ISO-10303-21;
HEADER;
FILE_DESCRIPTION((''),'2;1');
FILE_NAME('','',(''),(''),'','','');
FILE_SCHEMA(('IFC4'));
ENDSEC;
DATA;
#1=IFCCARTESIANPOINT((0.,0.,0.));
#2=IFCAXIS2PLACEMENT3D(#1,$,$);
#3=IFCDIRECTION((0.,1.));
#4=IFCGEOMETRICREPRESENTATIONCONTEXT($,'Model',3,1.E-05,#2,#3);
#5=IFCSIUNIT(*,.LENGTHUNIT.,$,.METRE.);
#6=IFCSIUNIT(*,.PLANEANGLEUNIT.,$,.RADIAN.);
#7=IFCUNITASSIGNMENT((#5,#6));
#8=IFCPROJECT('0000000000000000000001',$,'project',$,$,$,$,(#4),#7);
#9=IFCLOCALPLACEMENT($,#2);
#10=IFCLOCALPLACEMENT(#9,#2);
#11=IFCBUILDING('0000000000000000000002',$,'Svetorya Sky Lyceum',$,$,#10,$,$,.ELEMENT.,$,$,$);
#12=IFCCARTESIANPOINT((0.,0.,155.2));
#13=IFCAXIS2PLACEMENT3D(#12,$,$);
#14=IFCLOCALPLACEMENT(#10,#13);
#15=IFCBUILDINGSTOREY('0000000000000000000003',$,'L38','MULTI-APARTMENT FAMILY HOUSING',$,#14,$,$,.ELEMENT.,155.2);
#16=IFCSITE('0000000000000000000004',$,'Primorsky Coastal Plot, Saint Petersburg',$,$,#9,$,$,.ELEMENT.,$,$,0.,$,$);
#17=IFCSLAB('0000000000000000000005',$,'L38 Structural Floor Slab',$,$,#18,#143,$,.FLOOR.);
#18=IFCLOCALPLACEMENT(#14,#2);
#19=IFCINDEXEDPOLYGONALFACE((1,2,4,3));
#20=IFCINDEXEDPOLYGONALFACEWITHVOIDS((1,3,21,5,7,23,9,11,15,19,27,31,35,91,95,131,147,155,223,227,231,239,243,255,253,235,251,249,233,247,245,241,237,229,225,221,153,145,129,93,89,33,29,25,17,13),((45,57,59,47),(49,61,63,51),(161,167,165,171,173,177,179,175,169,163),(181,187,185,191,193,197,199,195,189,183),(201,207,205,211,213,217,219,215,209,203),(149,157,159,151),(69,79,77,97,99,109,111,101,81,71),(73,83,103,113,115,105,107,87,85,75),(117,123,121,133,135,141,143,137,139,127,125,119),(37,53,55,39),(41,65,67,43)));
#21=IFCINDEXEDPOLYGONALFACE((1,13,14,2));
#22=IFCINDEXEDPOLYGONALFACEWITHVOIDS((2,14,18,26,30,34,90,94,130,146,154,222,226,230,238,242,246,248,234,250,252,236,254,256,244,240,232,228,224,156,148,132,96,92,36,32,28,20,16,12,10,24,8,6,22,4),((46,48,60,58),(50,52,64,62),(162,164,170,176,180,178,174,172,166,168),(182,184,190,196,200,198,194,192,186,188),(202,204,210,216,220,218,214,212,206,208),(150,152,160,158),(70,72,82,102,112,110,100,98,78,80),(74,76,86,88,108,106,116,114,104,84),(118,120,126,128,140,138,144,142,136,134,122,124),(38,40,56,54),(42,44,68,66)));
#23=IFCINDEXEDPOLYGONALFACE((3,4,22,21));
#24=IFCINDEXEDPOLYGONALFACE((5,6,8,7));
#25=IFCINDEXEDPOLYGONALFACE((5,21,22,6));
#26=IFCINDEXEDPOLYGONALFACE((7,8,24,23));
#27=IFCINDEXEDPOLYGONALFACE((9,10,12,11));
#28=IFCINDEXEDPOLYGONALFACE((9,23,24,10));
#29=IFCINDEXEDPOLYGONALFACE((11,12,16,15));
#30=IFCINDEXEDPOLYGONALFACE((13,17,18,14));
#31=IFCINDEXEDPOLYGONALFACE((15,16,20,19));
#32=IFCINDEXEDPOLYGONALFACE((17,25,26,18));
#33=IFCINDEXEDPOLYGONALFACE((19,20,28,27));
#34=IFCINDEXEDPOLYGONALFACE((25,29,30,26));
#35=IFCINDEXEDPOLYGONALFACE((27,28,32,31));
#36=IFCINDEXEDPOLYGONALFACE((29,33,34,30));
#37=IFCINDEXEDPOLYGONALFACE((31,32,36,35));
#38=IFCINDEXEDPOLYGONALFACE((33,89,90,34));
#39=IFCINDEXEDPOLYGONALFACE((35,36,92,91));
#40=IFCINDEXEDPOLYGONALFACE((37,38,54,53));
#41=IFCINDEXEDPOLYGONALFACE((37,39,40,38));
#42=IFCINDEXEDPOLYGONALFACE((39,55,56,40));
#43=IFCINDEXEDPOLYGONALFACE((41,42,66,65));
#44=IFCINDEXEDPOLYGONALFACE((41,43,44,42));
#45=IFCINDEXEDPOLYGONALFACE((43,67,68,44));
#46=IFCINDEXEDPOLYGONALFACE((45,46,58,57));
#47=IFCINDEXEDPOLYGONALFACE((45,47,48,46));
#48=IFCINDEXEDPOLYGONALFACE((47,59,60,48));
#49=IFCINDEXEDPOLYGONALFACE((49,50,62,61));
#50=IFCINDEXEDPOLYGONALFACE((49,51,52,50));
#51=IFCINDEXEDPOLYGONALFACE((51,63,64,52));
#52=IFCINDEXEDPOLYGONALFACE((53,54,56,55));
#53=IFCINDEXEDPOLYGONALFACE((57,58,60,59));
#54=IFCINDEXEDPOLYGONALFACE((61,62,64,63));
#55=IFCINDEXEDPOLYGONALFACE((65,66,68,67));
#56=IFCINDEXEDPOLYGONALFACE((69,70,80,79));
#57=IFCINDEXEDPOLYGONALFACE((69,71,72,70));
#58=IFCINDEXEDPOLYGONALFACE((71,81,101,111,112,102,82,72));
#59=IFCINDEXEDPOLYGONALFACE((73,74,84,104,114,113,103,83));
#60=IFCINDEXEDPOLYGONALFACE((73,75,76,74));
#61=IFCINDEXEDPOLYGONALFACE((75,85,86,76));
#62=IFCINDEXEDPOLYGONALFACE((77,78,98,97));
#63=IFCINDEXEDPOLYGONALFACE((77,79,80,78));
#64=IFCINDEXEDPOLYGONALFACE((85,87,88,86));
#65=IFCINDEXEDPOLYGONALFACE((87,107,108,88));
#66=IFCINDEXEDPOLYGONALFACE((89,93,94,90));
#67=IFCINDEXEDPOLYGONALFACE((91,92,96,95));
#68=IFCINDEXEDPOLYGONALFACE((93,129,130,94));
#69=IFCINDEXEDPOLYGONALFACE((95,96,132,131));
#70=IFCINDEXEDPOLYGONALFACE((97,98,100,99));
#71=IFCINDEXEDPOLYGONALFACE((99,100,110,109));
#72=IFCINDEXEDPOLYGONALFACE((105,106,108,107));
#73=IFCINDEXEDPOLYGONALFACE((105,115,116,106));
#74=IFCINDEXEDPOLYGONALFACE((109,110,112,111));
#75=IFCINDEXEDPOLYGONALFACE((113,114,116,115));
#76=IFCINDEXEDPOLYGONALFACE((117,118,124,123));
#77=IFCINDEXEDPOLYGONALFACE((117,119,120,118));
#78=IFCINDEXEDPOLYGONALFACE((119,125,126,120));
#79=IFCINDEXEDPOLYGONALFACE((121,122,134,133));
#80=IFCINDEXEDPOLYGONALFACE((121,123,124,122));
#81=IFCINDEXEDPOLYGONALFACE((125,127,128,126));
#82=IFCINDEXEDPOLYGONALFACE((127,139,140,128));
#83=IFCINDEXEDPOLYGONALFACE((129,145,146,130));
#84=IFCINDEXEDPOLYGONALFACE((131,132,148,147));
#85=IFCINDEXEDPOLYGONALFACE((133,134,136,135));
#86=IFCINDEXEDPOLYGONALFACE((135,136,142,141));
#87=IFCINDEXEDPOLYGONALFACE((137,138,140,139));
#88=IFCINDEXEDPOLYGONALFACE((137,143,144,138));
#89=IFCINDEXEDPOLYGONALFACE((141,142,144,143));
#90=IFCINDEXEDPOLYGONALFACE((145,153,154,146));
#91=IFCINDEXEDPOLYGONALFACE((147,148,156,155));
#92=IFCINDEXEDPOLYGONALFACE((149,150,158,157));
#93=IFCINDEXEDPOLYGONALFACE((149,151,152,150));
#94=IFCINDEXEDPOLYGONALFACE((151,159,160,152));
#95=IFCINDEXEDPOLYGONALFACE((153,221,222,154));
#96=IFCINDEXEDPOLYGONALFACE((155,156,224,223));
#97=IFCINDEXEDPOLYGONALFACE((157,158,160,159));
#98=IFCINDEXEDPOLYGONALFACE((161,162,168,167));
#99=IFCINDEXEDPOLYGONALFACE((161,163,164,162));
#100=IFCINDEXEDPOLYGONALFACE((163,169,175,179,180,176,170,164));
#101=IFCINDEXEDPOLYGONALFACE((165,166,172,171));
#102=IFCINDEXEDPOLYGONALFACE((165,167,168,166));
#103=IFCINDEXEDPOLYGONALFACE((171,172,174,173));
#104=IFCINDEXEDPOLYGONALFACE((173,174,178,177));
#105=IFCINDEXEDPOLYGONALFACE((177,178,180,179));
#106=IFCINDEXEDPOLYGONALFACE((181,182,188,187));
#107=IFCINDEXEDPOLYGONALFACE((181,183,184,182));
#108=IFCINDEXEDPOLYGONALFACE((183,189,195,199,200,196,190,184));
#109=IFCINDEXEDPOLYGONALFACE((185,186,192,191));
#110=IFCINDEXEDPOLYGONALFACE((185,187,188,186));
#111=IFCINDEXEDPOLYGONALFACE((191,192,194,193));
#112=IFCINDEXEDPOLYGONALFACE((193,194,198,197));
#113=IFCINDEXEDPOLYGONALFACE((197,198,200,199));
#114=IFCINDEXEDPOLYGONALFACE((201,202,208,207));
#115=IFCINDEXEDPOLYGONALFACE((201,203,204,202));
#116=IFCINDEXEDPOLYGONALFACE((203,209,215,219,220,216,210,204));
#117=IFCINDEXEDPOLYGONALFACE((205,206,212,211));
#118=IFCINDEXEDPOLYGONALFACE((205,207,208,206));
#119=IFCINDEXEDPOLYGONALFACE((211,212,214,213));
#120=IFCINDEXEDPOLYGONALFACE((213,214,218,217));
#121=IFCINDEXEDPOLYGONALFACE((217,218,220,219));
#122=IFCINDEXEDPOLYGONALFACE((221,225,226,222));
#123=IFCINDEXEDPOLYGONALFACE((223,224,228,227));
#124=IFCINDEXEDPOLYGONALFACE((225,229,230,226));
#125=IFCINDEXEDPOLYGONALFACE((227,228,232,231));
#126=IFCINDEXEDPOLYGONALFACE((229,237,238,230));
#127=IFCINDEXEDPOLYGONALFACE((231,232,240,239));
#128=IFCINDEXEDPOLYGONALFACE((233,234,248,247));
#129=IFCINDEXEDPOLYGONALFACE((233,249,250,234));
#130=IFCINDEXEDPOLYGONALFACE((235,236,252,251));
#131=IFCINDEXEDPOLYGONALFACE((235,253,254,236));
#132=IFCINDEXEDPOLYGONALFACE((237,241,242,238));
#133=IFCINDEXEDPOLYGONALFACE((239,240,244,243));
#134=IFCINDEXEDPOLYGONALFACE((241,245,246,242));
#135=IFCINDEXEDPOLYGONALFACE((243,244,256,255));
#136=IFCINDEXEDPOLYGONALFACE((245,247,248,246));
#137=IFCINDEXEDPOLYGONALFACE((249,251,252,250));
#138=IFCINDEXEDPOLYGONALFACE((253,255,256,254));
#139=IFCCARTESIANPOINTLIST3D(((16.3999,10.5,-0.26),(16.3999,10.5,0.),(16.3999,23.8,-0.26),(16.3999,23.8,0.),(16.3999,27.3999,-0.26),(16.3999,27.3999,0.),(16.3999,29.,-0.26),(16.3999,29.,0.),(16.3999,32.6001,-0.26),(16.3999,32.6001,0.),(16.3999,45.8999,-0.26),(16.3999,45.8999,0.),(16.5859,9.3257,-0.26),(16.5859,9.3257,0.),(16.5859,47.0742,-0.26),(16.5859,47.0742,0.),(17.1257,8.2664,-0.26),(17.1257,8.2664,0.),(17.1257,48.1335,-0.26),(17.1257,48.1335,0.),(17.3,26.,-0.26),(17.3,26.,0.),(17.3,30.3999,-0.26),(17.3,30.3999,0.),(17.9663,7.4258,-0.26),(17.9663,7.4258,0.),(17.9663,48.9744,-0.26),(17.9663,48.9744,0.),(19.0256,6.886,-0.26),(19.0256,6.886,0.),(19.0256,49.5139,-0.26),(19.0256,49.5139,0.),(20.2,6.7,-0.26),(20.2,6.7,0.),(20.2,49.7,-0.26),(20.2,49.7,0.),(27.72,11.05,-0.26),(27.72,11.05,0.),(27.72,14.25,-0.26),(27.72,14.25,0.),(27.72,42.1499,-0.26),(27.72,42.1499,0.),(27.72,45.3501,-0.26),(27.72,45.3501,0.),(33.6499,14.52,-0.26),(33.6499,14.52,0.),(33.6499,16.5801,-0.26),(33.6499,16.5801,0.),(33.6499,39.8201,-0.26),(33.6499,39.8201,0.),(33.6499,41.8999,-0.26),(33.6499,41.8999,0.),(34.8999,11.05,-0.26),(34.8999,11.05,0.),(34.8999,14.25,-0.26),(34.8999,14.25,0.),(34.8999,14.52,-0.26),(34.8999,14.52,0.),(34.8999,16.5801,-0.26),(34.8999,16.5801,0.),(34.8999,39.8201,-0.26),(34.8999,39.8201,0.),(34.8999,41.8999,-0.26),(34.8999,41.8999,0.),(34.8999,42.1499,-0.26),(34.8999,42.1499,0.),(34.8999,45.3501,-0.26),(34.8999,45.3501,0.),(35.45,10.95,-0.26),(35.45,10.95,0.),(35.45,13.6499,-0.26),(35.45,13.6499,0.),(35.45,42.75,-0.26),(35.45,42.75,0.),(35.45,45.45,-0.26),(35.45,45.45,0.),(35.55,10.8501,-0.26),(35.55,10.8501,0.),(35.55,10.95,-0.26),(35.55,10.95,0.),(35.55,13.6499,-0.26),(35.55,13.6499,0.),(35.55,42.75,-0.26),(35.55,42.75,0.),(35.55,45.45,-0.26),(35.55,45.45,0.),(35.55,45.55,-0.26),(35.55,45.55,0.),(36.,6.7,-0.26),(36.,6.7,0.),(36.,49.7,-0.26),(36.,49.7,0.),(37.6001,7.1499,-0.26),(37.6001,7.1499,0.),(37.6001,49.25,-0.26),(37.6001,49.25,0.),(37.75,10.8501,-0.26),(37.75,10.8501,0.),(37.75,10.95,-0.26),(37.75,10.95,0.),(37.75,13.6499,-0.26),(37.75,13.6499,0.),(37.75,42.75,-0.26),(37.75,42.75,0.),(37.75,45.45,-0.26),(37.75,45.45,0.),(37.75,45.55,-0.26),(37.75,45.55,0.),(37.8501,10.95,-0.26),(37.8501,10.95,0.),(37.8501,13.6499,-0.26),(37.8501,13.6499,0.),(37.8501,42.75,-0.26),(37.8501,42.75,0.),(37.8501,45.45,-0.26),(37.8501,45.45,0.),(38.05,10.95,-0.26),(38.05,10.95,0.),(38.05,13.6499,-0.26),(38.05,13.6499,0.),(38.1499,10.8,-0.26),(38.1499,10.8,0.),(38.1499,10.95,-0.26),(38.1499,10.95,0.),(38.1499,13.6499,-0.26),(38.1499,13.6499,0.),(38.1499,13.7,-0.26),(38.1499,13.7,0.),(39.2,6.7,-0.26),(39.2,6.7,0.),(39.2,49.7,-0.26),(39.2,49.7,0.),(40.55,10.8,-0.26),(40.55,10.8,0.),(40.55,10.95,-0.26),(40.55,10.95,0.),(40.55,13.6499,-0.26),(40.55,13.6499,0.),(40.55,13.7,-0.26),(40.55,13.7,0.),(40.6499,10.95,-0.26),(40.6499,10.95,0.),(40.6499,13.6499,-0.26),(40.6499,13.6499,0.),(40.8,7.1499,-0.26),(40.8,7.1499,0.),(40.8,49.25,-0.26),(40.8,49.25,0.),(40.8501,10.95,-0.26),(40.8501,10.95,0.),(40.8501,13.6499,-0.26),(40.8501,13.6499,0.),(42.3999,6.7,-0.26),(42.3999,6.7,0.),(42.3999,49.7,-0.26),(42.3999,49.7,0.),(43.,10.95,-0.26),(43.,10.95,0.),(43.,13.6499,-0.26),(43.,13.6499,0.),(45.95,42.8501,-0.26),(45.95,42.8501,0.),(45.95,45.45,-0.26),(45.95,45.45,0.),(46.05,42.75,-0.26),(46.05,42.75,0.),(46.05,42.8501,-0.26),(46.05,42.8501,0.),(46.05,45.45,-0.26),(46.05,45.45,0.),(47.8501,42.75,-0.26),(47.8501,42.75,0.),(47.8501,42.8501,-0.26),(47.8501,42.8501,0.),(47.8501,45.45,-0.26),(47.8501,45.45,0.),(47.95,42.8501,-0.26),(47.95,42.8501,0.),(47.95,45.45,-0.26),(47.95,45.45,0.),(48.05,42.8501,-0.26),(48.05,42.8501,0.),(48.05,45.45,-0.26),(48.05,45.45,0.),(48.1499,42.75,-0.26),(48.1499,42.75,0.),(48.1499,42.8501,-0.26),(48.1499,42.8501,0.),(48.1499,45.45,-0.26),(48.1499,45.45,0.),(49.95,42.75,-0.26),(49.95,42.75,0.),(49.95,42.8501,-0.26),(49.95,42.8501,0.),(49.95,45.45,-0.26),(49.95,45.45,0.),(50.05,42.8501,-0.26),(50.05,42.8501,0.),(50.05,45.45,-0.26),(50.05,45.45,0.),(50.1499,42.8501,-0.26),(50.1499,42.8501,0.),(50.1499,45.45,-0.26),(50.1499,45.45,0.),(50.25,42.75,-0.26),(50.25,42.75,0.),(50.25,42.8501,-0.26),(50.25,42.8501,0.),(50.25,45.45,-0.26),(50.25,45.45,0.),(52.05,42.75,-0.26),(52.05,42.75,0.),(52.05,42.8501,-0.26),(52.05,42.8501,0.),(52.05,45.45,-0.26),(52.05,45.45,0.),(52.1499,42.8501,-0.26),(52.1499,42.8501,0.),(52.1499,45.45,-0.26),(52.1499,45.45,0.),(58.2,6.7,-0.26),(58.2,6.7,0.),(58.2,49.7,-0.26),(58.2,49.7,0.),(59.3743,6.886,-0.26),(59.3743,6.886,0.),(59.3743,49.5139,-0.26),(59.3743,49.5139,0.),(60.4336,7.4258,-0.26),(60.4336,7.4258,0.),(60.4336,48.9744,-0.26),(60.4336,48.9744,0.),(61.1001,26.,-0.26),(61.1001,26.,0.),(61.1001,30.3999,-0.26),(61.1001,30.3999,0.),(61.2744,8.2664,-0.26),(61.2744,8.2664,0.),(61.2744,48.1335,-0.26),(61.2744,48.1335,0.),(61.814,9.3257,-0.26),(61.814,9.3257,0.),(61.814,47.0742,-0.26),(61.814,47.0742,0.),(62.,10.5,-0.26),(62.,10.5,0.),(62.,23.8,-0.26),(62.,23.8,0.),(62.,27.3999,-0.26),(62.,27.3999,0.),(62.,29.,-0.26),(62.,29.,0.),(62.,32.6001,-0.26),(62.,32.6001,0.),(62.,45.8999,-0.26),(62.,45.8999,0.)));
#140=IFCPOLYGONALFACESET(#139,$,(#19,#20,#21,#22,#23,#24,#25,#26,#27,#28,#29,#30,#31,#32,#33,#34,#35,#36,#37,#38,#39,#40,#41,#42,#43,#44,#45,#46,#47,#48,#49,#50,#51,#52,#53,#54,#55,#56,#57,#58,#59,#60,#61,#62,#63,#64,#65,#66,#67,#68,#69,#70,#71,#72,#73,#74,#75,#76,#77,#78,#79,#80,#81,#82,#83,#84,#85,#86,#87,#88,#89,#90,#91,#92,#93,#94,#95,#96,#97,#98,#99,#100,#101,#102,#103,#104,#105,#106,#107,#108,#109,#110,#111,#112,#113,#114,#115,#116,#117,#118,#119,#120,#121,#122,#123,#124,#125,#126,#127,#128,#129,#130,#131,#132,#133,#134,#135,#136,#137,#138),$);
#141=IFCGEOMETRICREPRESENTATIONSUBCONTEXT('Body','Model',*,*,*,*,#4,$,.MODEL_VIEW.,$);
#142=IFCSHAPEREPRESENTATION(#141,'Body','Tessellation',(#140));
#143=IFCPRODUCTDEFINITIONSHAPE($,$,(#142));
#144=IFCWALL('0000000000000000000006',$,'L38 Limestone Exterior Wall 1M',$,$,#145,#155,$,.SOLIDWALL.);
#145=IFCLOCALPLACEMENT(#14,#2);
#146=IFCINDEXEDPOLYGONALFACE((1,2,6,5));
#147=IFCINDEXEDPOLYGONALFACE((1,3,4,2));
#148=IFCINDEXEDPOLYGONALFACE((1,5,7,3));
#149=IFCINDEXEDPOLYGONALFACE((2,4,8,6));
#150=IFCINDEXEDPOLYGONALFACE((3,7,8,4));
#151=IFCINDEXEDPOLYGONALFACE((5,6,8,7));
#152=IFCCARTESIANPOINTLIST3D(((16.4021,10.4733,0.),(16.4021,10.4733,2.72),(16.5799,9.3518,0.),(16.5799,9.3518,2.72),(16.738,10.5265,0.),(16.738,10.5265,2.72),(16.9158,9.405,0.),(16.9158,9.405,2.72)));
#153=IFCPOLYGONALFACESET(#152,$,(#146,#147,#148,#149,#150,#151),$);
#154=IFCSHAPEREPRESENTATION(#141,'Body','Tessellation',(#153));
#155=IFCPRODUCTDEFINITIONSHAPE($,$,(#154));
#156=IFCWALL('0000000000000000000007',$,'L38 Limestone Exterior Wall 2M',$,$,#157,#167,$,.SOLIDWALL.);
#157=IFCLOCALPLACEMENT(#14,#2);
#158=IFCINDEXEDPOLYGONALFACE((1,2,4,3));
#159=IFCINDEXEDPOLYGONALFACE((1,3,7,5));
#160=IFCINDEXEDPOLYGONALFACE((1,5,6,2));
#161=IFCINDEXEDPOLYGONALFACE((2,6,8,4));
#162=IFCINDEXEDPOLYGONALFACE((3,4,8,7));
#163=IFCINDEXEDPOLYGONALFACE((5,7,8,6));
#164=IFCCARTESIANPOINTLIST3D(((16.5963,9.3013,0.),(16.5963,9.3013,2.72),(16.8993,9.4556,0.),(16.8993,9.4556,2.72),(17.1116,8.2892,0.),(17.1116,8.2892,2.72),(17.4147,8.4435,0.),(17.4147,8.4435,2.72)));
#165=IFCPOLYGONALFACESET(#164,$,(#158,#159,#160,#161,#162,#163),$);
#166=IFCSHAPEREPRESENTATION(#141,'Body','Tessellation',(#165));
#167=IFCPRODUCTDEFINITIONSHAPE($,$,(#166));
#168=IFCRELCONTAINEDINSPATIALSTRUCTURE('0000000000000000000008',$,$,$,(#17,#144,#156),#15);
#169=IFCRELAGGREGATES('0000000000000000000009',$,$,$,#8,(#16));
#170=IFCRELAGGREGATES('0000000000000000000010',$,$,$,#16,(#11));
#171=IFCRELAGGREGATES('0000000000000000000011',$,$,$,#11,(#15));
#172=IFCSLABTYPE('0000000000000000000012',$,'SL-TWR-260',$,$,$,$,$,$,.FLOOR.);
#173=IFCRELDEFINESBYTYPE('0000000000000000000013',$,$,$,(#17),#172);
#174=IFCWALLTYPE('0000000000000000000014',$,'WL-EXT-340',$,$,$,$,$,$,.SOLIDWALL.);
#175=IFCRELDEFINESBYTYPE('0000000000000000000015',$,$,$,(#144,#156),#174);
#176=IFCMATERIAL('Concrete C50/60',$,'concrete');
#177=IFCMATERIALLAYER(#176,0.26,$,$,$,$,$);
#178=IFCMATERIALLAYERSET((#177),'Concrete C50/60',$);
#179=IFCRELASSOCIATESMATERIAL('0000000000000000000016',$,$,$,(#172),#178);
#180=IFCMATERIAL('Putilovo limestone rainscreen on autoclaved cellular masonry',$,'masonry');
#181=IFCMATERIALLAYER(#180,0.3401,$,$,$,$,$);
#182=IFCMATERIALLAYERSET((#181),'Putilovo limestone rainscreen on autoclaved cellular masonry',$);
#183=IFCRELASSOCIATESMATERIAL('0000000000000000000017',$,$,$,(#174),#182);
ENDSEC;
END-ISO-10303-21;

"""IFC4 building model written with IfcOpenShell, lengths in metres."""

from ifc_helpers import new_model, si_unit, direction, frame, frame_2d, origin, place, context, subcontext, project, spatial, polyline, rectangle, outline, extrude, material, layer, layer_set, type_object, element, save


model = new_model("IFC4")

# Units and contexts
model_context = context("Model", 3, precision=1e-05, world=origin(), true_north=direction((0.0, 1.0)))
body_context = subcontext(model_context, "Body", "Model", "MODEL_VIEW")
ifc_project = project(units=[si_unit("LENGTHUNIT", "METRE"), si_unit("PLANEANGLEUNIT", "RADIAN")], contexts=[model_context])

# Site, building, storey
site_placement = place(None, origin())
site = spatial("IfcSite", under=ifc_project, at=site_placement, Name="Primorsky Coastal Plot, Saint Petersburg", CompositionType="ELEMENT", RefElevation=0.0)
building_placement = place(site_placement, origin())
building = spatial("IfcBuilding", under=site, at=building_placement, Name="Svetorya Sky Lyceum", CompositionType="ELEMENT")
storey_placement = place(building_placement, frame((0.0, 0.0, 155.2)))
storey = spatial("IfcBuildingStorey", under=building, at=storey_placement, Name="L38", Description="MULTI-APARTMENT FAMILY HOUSING", CompositionType="ELEMENT", Elevation=155.2)

# Shared definitions
ifc_material_1 = material(Name="Concrete C50/60", Category="concrete")

# Slab
ifc_layer_1 = layer(ifc_material_1, 0.26)
ifc_layer_set_1 = layer_set([ifc_layer_1], Name="Concrete C50/60")
slab_type_1 = type_object("IfcSlabType", Name="SL-TWR-260", PredefinedType="FLOOR", material=ifc_layer_set_1)
slab_1_placement = place(storey_placement, frame((0.0, 0.0, -0.26)))
element("IfcSlab", 1, at=slab_1_placement, inside=storey, type_object=slab_type_1, Name="L38 Structural Floor Slab", PredefinedType="FLOOR", context=body_context, shape_type="SweptSolid", body=[
    extrude(outline(polyline([(16.3999, 10.5), (16.5859, 9.3257), (17.1257, 8.2664), (17.9663, 7.4258), (19.0256, 6.886), (20.2, 6.7), (36.0, 6.7), (37.6001, 7.1499), (39.2, 6.7), (40.8, 7.1499), (42.3999, 6.7), (58.2, 6.7), (59.3743, 6.886), (60.4336, 7.4258), (61.2744, 8.2664), (61.814, 9.3257), (62.0, 10.5), (62.0, 23.8), (61.1001, 26.0), (62.0, 27.3999), (62.0, 29.0), (61.1001, 30.3999), (62.0, 32.6001), (62.0, 45.8999), (61.814, 47.0742), (61.2744, 48.1335), (60.4336, 48.9744), (59.3743, 49.5139), (58.2, 49.7), (42.3999, 49.7), (40.8, 49.25), (39.2, 49.7), (37.6001, 49.25), (36.0, 49.7), (20.2, 49.7), (19.0256, 49.5139), (17.9663, 48.9744), (17.1257, 48.1335), (16.5859, 47.0742), (16.3999, 45.8999), (16.3999, 32.6001), (17.3, 30.3999), (16.3999, 29.0), (16.3999, 27.3999), (17.3, 26.0), (16.3999, 23.8), (16.3999, 10.5)]), holes=[polyline([(37.8501, 10.95), (37.75, 10.95), (37.75, 10.8501), (35.55, 10.8501), (35.55, 10.95), (35.45, 10.95), (35.45, 13.6499), (35.55, 13.6499), (37.75, 13.6499), (37.8501, 13.6499), (37.8501, 10.95)]), polyline([(38.1499, 10.8), (38.1499, 10.95), (38.05, 10.95), (38.05, 13.6499), (38.1499, 13.6499), (38.1499, 13.7), (40.55, 13.7), (40.55, 13.6499), (40.6499, 13.6499), (40.6499, 10.95), (40.55, 10.95), (40.55, 10.8), (38.1499, 10.8)]), polyline([(27.72, 11.05), (27.72, 14.25), (34.8999, 14.25), (34.8999, 11.05), (27.72, 11.05)]), polyline([(33.6499, 14.52), (33.6499, 16.5801), (34.8999, 16.5801), (34.8999, 14.52), (33.6499, 14.52)]), polyline([(33.6499, 39.8201), (33.6499, 41.8999), (34.8999, 41.8999), (34.8999, 39.8201), (33.6499, 39.8201)]), polyline([(27.72, 42.1499), (27.72, 45.3501), (34.8999, 45.3501), (34.8999, 42.1499), (27.72, 42.1499)]), polyline([(37.75, 42.75), (35.55, 42.75), (35.45, 42.75), (35.45, 45.45), (35.55, 45.45), (35.55, 45.55), (37.75, 45.55), (37.75, 45.45), (37.8501, 45.45), (37.8501, 42.75), (37.75, 42.75)]), polyline([(40.8501, 10.95), (40.8501, 13.6499), (43.0, 13.6499), (43.0, 10.95), (40.8501, 10.95)]), polyline([(46.05, 42.75), (46.05, 42.8501), (45.95, 42.8501), (45.95, 45.45), (46.05, 45.45), (47.8501, 45.45), (47.95, 45.45), (47.95, 42.8501), (47.8501, 42.8501), (47.8501, 42.75), (46.05, 42.75)]), polyline([(50.05, 42.8501), (49.95, 42.8501), (49.95, 42.75), (48.1499, 42.75), (48.1499, 42.8501), (48.05, 42.8501), (48.05, 45.45), (48.1499, 45.45), (49.95, 45.45), (50.05, 45.45), (50.05, 42.8501)]), polyline([(52.1499, 42.8501), (52.05, 42.8501), (52.05, 42.75), (50.25, 42.75), (50.25, 42.8501), (50.1499, 42.8501), (50.1499, 45.45), (50.25, 45.45), (52.05, 45.45), (52.1499, 45.45), (52.1499, 42.8501)])]), origin(), (0.0, 0.0, 1.0), 0.26),
])

# Walls
ifc_material_2 = material(Name="Putilovo limestone rainscreen on autoclaved cellular masonry", Category="masonry")
ifc_layer_2 = layer(ifc_material_2, 0.3401)
ifc_layer_set_2 = layer_set([ifc_layer_2], Name="Putilovo limestone rainscreen on autoclaved cellular masonry")
wall_type_1 = type_object("IfcWallType", Name="WL-EXT-340", PredefinedType="SOLIDWALL", material=ifc_layer_set_2)
wall_1_placement = place(storey_placement, frame((16.5701, 10.5, 0.0), z_axis=(0.0, 0.0, 1.0), x_axis=(0.156515, -0.987676, 0.0)))
element("IfcWall", 2, at=wall_1_placement, inside=storey, type_object=wall_type_1, Name="L38 Limestone Exterior Wall 1M", PredefinedType="SOLIDWALL", context=body_context, shape_type="SweptSolid", body=[
    extrude(rectangle(XDim=1.1355, YDim=0.3401, at=frame_2d((0.5679, 0.0))), origin(), (0.0, 0.0, 1.0), 2.72),
])
wall_2_placement = place(storey_placement, frame((16.7478, 9.3784, 0.0), z_axis=(0.0, 0.0, 1.0), x_axis=(0.453736, -0.891136, 0.0)))
element("IfcWall", 3, at=wall_2_placement, inside=storey, type_object=wall_type_1, Name="L38 Limestone Exterior Wall 2M", PredefinedType="SOLIDWALL", context=body_context, shape_type="SweptSolid", body=[
    extrude(rectangle(XDim=1.1357, YDim=0.3401, at=frame_2d((0.5679, 0.0))), origin(), (0.0, 0.0, 1.0), 2.72),
])

save(model, "model.ifc")
